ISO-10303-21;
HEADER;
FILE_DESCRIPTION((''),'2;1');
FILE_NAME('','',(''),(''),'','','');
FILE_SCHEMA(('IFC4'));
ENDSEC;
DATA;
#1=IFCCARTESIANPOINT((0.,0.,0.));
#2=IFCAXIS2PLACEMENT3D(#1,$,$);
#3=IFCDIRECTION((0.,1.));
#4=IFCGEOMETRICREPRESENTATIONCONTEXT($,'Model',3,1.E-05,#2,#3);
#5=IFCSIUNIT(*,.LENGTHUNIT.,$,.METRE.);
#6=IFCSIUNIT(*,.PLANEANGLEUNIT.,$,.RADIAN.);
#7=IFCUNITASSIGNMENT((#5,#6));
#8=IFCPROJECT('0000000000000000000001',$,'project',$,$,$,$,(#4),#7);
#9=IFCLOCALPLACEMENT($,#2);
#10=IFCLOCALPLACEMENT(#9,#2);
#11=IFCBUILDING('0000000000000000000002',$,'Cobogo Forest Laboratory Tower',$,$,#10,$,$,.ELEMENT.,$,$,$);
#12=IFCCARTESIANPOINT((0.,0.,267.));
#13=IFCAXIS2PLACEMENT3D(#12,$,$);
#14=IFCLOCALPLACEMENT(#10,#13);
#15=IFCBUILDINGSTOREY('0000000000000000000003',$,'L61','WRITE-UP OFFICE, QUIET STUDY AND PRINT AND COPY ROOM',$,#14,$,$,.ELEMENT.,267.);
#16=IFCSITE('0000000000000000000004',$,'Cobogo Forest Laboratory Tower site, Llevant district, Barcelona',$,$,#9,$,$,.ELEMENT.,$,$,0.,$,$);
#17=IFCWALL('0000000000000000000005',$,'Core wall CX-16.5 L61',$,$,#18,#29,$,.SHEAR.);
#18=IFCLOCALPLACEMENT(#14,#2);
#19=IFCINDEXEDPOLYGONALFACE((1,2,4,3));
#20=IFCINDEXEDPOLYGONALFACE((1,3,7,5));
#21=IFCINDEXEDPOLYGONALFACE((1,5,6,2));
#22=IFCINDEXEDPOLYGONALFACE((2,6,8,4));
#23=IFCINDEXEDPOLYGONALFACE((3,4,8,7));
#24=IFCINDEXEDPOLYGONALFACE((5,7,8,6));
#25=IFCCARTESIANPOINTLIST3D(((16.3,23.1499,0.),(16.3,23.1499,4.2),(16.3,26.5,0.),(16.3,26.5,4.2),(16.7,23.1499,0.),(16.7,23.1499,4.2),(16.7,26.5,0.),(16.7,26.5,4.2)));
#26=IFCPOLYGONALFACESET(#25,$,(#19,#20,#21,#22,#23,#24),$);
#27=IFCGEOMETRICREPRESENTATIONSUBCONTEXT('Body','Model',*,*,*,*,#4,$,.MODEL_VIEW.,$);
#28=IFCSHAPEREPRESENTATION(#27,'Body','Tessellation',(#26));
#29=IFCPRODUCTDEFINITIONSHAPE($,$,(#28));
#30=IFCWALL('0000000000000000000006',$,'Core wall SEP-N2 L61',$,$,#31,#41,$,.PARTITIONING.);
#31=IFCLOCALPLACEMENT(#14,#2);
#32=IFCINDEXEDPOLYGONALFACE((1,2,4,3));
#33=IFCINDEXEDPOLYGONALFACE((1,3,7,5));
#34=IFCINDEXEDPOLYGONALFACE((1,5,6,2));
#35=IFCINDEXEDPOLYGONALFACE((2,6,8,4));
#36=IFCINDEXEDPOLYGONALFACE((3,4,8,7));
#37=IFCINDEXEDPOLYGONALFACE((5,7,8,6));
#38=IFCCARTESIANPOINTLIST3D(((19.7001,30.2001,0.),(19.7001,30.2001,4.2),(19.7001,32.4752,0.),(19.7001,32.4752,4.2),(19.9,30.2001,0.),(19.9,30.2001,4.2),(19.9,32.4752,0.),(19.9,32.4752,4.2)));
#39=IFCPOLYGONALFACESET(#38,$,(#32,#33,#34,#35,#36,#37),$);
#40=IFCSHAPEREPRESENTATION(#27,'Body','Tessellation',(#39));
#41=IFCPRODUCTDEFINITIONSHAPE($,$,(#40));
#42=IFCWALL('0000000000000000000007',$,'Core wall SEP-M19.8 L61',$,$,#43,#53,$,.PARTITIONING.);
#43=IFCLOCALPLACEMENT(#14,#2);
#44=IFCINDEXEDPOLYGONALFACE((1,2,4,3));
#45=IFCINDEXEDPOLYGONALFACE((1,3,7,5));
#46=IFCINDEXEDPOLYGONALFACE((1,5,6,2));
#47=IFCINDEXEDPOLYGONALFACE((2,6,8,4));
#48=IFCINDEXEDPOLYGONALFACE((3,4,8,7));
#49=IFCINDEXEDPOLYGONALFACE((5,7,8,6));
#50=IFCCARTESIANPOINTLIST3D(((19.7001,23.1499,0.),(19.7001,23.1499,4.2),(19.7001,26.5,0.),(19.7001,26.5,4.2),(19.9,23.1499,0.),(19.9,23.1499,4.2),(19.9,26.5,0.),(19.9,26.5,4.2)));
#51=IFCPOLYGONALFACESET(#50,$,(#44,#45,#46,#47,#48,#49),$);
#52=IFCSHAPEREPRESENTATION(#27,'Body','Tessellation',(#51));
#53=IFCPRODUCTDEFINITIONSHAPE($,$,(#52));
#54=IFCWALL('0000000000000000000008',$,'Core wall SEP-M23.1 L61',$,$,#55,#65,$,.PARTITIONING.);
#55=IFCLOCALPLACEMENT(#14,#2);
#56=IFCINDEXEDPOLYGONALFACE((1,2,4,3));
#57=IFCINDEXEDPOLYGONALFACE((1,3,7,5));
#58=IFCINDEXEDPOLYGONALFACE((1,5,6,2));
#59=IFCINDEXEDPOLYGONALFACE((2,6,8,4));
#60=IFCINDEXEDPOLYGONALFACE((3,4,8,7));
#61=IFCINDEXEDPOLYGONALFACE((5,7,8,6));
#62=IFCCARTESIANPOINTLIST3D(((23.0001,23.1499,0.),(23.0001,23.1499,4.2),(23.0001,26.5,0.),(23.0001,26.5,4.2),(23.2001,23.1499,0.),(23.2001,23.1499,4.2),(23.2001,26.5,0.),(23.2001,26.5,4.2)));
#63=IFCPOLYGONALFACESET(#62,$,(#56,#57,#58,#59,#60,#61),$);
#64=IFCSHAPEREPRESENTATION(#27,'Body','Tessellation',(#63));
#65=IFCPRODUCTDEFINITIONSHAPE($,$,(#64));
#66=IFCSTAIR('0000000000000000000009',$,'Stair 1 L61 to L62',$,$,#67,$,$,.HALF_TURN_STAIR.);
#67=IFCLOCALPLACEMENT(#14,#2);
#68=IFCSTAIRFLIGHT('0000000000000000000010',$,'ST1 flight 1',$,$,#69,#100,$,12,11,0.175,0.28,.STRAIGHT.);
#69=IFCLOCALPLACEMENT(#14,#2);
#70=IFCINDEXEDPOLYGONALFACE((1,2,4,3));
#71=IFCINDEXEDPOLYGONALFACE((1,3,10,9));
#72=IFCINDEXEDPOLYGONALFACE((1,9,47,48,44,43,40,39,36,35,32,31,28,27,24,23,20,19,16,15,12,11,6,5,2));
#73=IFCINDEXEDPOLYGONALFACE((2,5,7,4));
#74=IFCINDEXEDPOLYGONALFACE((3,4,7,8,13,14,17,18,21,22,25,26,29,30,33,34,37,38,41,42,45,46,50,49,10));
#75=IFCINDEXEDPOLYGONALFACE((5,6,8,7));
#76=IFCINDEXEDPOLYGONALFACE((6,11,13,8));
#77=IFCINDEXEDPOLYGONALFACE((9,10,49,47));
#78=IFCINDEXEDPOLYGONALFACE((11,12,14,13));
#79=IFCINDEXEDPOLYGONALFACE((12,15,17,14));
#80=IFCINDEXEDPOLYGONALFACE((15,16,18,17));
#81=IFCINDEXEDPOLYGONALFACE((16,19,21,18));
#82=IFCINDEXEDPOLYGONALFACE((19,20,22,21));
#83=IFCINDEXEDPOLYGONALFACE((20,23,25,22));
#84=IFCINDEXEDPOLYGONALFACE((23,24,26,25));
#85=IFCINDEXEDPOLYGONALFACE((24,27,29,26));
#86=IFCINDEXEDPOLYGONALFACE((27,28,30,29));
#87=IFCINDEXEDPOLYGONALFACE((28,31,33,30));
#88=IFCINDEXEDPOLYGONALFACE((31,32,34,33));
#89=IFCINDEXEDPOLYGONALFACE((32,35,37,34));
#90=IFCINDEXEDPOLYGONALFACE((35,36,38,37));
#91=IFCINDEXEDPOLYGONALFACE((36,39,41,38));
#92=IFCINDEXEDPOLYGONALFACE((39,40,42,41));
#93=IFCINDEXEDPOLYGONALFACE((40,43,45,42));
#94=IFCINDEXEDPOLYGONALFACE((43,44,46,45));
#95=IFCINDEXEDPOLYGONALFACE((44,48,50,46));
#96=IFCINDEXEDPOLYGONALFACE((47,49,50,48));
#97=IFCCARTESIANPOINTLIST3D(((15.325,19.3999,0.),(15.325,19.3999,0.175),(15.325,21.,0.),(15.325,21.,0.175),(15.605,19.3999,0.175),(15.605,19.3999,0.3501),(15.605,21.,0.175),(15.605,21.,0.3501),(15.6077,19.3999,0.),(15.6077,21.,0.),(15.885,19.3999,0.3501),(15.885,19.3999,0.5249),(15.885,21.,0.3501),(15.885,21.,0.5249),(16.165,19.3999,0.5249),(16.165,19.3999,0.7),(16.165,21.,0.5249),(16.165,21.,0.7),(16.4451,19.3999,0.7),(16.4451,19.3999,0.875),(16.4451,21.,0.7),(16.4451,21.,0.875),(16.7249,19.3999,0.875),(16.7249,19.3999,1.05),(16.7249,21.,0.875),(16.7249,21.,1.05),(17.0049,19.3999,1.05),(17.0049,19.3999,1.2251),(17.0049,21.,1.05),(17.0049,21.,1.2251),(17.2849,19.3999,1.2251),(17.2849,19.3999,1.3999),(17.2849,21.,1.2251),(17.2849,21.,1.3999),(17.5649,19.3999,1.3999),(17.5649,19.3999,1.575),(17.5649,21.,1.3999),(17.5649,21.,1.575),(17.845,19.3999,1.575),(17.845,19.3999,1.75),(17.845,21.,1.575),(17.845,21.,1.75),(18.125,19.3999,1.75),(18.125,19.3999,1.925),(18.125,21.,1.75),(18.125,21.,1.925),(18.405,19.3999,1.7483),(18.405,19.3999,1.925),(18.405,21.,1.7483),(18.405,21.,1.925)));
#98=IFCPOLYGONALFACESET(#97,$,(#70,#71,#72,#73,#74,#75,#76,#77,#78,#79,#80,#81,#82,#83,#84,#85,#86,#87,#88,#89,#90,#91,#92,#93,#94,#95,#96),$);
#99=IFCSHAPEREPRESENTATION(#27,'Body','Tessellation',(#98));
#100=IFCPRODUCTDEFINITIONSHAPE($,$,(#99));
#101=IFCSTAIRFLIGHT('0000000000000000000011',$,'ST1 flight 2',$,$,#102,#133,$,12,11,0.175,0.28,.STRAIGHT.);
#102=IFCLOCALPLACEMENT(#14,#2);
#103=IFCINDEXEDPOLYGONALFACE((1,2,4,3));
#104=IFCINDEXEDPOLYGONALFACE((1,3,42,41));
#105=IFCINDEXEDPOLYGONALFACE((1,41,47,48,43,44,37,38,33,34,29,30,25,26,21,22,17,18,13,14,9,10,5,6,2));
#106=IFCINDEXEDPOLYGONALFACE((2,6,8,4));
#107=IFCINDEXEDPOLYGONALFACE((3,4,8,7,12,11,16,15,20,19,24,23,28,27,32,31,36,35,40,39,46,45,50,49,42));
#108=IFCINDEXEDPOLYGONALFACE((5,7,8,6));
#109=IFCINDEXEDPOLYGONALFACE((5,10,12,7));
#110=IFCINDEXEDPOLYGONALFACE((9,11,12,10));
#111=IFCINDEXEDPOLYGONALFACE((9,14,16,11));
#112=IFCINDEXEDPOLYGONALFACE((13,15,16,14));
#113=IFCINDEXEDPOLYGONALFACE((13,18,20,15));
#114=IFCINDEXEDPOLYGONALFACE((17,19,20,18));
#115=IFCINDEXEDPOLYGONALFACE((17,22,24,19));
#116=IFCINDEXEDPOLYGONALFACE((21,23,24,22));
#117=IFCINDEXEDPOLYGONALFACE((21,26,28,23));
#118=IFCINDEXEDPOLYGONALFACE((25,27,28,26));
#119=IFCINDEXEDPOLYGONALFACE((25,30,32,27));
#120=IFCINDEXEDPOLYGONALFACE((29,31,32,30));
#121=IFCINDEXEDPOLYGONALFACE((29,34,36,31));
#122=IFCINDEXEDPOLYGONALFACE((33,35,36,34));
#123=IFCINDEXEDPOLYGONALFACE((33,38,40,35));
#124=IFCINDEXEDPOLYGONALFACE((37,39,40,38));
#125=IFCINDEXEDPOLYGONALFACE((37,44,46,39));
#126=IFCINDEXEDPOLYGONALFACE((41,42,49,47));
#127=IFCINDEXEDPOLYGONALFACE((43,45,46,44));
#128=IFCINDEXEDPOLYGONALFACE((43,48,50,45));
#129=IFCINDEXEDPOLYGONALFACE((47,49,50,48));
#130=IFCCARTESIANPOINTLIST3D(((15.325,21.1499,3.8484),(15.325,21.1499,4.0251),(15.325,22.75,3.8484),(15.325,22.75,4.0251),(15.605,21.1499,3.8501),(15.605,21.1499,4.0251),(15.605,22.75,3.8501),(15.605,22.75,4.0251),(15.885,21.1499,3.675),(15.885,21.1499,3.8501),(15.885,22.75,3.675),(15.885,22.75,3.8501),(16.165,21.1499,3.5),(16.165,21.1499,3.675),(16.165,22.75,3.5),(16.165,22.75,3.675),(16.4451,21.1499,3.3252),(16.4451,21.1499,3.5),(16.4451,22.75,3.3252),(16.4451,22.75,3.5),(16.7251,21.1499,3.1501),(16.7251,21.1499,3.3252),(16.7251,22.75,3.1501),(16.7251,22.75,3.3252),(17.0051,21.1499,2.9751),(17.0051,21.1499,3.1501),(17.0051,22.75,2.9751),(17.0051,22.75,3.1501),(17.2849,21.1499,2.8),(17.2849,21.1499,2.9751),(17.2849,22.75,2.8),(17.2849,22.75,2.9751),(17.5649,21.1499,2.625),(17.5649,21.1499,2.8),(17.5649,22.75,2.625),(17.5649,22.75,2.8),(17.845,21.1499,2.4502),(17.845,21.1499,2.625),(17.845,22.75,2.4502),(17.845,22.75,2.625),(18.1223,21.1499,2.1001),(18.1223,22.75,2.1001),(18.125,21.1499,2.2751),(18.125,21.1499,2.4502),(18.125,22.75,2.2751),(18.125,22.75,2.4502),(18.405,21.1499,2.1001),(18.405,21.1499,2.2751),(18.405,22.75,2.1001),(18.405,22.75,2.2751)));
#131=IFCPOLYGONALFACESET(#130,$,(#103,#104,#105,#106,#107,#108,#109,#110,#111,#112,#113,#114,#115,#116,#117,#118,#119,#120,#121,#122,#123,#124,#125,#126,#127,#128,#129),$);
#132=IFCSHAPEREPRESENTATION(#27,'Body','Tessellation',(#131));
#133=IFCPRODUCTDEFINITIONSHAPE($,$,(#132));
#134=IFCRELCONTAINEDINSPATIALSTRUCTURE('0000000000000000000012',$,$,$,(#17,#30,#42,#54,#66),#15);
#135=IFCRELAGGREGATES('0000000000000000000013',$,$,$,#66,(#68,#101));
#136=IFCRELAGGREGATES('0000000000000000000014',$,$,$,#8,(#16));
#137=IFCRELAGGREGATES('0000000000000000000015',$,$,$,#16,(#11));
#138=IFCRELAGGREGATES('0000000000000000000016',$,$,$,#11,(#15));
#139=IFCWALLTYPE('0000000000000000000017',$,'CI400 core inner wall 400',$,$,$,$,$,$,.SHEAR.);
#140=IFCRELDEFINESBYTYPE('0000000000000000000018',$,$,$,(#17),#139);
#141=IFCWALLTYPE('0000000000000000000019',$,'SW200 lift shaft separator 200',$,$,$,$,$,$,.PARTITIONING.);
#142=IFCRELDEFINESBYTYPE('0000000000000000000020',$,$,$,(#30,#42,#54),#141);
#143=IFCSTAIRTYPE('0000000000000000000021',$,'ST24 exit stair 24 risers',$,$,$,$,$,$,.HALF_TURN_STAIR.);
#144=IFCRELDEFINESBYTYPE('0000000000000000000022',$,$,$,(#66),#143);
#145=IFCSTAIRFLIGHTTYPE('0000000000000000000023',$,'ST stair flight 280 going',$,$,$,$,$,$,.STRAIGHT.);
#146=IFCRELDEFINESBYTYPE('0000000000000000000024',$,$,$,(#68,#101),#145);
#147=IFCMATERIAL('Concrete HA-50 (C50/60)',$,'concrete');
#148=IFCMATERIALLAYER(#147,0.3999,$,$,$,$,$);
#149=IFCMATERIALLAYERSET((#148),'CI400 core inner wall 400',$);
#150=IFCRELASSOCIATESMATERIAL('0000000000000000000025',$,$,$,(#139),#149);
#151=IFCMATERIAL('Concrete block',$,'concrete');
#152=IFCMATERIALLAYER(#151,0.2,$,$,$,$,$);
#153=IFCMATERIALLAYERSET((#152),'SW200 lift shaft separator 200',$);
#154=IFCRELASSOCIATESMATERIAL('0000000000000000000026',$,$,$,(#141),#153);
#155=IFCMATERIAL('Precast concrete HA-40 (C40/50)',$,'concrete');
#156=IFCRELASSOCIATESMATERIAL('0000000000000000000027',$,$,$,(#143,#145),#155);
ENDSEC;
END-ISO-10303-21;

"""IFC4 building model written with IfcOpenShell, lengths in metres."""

from ifc_helpers import new_model, si_unit, direction, frame, frame_2d, origin, place, context, subcontext, project, spatial, polyline, rectangle, outline, extrude, material, layer, layer_set, type_object, element, aggregate, save


model = new_model("IFC4")

# Units and contexts
model_context = context("Model", 3, precision=1e-05, world=origin(), true_north=direction((0.0, 1.0)))
body_context = subcontext(model_context, "Body", "Model", "MODEL_VIEW")
ifc_project = project(units=[si_unit("LENGTHUNIT", "METRE"), si_unit("PLANEANGLEUNIT", "RADIAN")], contexts=[model_context])

# Site, building, storey
site_placement = place(None, origin())
site = spatial("IfcSite", under=ifc_project, at=site_placement, Name="Cobogo Forest Laboratory Tower site, Llevant district, Barcelona", CompositionType="ELEMENT", RefElevation=0.0)
building_placement = place(site_placement, origin())
building = spatial("IfcBuilding", under=site, at=building_placement, Name="Cobogo Forest Laboratory Tower", CompositionType="ELEMENT")
storey_placement = place(building_placement, frame((0.0, 0.0, 267.0)))
storey = spatial("IfcBuildingStorey", under=building, at=storey_placement, Name="L61", Description="WRITE-UP OFFICE, QUIET STUDY AND PRINT AND COPY ROOM", CompositionType="ELEMENT", Elevation=267.0)

# Shared definitions
ifc_material_1 = material(Name="Concrete HA-50 (C50/60)", Category="concrete")
ifc_layer_1 = layer(ifc_material_1, 0.3999)
ifc_layer_set_1 = layer_set([ifc_layer_1], Name="CI400 core inner wall 400")
wall_type_1 = type_object("IfcWallType", Name="CI400 core inner wall 400", PredefinedType="SHEAR", material=ifc_layer_set_1)

# Walls
wall_1_placement = place(storey_placement, frame((16.5, 23.1499, 0.0), z_axis=(0.0, 0.0, 1.0), x_axis=(0.0, 1.0, 0.0)))
element("IfcWall", 1, at=wall_1_placement, inside=storey, type_object=wall_type_1, Name="Core wall CX-16.5 L61", PredefinedType="SHEAR", context=body_context, shape_type="SweptSolid", body=[
    extrude(rectangle(XDim=3.3501, YDim=0.3999, at=frame_2d((1.675, 0.0))), origin(), (0.0, 0.0, 1.0), 4.2),
])
ifc_material_2 = material(Name="Concrete block", Category="concrete")
ifc_layer_2 = layer(ifc_material_2, 0.2)
ifc_layer_set_2 = layer_set([ifc_layer_2], Name="SW200 lift shaft separator 200")
wall_type_2 = type_object("IfcWallType", Name="SW200 lift shaft separator 200", PredefinedType="PARTITIONING", material=ifc_layer_set_2)
wall_2_placement = place(storey_placement, frame((19.8, 30.2, 0.0), z_axis=(0.0, 0.0, 1.0), x_axis=(0.0, 1.0, 0.0)))
element("IfcWall", 2, at=wall_2_placement, inside=storey, type_object=wall_type_2, Name="Core wall SEP-N2 L61", PredefinedType="PARTITIONING", context=body_context, shape_type="SweptSolid", body=[
    extrude(rectangle(XDim=2.2751, YDim=0.2, at=frame_2d((1.1377, 0.0))), origin(), (0.0, 0.0, 1.0), 4.2),
])
for number, where, z_axis, x_axis, name in (
    (3, (19.8, 23.1499, 0.0), (0.0, 0.0, 1.0), (0.0, 1.0, 0.0), "Core wall SEP-M19.8 L61"),
    (4, (23.1001, 23.1499, 0.0), (0.0, 0.0, 1.0), (0.0, 1.0, 0.0), "Core wall SEP-M23.1 L61"),
):
    element("IfcWall", number, at=place(storey_placement, frame(where, z_axis=z_axis, x_axis=x_axis)), inside=storey, type_object=wall_type_2, Name=name, PredefinedType="PARTITIONING", context=body_context, shape_type="SweptSolid", body=[
        extrude(rectangle(XDim=3.3501, YDim=0.2, at=frame_2d((1.675, 0.0))), origin(), (0.0, 0.0, 1.0), 4.2),
    ])

# Stair, stair flights
ifc_material_3 = material(Name="Precast concrete HA-40 (C40/50)", Category="concrete")
stair_type = type_object("IfcStairType", Name="ST24 exit stair 24 risers", PredefinedType="HALF_TURN_STAIR", material=ifc_material_3)
stair_placement = place(storey_placement, origin())
stair = element("IfcStair", 5, at=stair_placement, inside=storey, type_object=stair_type, Name="Stair 1 L61 to L62", PredefinedType="HALF_TURN_STAIR")
stair_flight_type = type_object("IfcStairFlightType", Name="ST stair flight 280 going", PredefinedType="STRAIGHT", material=ifc_material_3)
stair_flight_1_placement = place(storey_placement, frame((15.325, 20.2, 0.0), z_axis=(0.0, 0.0, 1.0), x_axis=(1.0, 0.0, 0.0)))
stair_flight_1 = element("IfcStairFlight", 6, at=stair_flight_1_placement, type_object=stair_flight_type, Name="ST1 flight 1", NumberOfRisers=12, NumberOfTreads=11, PredefinedType="STRAIGHT", RiserHeight=0.175, TreadLength=0.28, context=body_context, shape_type="SweptSolid", body=[
    extrude(outline(polyline([(0.0, 0.0), (0.0, 0.175), (0.28, 0.175), (0.28, 0.3501), (0.5601, 0.3501), (0.5601, 0.5249), (0.8401, 0.5249), (0.8401, 0.7), (1.1201, 0.7), (1.1201, 0.875), (1.3999, 0.875), (1.3999, 1.05), (1.6799, 1.05), (1.6799, 1.2251), (1.96, 1.2251), (1.96, 1.3999), (2.24, 1.3999), (2.24, 1.575), (2.52, 1.575), (2.52, 1.75), (2.8, 1.75), (2.8, 1.925), (3.0801, 1.925), (3.0801, 2.1001), (3.0801, 1.7483), (0.2827, 0.0), (0.0, 0.0)])), frame((0.0, 0.8, 0.0), z_axis=(0.0, -1.0, 0.0), x_axis=(1.0, 0.0, 0.0)), (0.0, 0.0, 1.0), 1.6001),
])
stair_flight_2_placement = place(storey_placement, frame((18.405, 21.95, 2.1001), z_axis=(0.0, 0.0, 1.0), x_axis=(-1.0, 0.0, 0.0)))
stair_flight_2 = element("IfcStairFlight", 7, at=stair_flight_2_placement, type_object=stair_flight_type, Name="ST1 flight 2", NumberOfRisers=12, NumberOfTreads=11, PredefinedType="STRAIGHT", RiserHeight=0.175, TreadLength=0.28, context=body_context, shape_type="SweptSolid", body=[
    extrude(outline(polyline([(0.0, 0.0), (0.0, 0.175), (0.28, 0.175), (0.28, 0.3501), (0.5601, 0.3501), (0.5601, 0.5249), (0.8401, 0.5249), (0.8401, 0.7), (1.1201, 0.7), (1.1201, 0.875), (1.3999, 0.875), (1.3999, 1.05), (1.6799, 1.05), (1.6799, 1.2251), (1.96, 1.2251), (1.96, 1.3999), (2.24, 1.3999), (2.24, 1.575), (2.52, 1.575), (2.52, 1.75), (2.8, 1.75), (2.8, 1.925), (3.0801, 1.925), (3.0801, 2.1001), (3.0801, 1.7483), (0.2827, 0.0), (0.0, 0.0)])), frame((0.0, 0.8, 0.0), z_axis=(0.0, -1.0, 0.0), x_axis=(1.0, 0.0, 0.0)), (0.0, 0.0, 1.0), 1.6001),
])
aggregate(stair, [stair_flight_1, stair_flight_2])

save(model, "model.ifc")
